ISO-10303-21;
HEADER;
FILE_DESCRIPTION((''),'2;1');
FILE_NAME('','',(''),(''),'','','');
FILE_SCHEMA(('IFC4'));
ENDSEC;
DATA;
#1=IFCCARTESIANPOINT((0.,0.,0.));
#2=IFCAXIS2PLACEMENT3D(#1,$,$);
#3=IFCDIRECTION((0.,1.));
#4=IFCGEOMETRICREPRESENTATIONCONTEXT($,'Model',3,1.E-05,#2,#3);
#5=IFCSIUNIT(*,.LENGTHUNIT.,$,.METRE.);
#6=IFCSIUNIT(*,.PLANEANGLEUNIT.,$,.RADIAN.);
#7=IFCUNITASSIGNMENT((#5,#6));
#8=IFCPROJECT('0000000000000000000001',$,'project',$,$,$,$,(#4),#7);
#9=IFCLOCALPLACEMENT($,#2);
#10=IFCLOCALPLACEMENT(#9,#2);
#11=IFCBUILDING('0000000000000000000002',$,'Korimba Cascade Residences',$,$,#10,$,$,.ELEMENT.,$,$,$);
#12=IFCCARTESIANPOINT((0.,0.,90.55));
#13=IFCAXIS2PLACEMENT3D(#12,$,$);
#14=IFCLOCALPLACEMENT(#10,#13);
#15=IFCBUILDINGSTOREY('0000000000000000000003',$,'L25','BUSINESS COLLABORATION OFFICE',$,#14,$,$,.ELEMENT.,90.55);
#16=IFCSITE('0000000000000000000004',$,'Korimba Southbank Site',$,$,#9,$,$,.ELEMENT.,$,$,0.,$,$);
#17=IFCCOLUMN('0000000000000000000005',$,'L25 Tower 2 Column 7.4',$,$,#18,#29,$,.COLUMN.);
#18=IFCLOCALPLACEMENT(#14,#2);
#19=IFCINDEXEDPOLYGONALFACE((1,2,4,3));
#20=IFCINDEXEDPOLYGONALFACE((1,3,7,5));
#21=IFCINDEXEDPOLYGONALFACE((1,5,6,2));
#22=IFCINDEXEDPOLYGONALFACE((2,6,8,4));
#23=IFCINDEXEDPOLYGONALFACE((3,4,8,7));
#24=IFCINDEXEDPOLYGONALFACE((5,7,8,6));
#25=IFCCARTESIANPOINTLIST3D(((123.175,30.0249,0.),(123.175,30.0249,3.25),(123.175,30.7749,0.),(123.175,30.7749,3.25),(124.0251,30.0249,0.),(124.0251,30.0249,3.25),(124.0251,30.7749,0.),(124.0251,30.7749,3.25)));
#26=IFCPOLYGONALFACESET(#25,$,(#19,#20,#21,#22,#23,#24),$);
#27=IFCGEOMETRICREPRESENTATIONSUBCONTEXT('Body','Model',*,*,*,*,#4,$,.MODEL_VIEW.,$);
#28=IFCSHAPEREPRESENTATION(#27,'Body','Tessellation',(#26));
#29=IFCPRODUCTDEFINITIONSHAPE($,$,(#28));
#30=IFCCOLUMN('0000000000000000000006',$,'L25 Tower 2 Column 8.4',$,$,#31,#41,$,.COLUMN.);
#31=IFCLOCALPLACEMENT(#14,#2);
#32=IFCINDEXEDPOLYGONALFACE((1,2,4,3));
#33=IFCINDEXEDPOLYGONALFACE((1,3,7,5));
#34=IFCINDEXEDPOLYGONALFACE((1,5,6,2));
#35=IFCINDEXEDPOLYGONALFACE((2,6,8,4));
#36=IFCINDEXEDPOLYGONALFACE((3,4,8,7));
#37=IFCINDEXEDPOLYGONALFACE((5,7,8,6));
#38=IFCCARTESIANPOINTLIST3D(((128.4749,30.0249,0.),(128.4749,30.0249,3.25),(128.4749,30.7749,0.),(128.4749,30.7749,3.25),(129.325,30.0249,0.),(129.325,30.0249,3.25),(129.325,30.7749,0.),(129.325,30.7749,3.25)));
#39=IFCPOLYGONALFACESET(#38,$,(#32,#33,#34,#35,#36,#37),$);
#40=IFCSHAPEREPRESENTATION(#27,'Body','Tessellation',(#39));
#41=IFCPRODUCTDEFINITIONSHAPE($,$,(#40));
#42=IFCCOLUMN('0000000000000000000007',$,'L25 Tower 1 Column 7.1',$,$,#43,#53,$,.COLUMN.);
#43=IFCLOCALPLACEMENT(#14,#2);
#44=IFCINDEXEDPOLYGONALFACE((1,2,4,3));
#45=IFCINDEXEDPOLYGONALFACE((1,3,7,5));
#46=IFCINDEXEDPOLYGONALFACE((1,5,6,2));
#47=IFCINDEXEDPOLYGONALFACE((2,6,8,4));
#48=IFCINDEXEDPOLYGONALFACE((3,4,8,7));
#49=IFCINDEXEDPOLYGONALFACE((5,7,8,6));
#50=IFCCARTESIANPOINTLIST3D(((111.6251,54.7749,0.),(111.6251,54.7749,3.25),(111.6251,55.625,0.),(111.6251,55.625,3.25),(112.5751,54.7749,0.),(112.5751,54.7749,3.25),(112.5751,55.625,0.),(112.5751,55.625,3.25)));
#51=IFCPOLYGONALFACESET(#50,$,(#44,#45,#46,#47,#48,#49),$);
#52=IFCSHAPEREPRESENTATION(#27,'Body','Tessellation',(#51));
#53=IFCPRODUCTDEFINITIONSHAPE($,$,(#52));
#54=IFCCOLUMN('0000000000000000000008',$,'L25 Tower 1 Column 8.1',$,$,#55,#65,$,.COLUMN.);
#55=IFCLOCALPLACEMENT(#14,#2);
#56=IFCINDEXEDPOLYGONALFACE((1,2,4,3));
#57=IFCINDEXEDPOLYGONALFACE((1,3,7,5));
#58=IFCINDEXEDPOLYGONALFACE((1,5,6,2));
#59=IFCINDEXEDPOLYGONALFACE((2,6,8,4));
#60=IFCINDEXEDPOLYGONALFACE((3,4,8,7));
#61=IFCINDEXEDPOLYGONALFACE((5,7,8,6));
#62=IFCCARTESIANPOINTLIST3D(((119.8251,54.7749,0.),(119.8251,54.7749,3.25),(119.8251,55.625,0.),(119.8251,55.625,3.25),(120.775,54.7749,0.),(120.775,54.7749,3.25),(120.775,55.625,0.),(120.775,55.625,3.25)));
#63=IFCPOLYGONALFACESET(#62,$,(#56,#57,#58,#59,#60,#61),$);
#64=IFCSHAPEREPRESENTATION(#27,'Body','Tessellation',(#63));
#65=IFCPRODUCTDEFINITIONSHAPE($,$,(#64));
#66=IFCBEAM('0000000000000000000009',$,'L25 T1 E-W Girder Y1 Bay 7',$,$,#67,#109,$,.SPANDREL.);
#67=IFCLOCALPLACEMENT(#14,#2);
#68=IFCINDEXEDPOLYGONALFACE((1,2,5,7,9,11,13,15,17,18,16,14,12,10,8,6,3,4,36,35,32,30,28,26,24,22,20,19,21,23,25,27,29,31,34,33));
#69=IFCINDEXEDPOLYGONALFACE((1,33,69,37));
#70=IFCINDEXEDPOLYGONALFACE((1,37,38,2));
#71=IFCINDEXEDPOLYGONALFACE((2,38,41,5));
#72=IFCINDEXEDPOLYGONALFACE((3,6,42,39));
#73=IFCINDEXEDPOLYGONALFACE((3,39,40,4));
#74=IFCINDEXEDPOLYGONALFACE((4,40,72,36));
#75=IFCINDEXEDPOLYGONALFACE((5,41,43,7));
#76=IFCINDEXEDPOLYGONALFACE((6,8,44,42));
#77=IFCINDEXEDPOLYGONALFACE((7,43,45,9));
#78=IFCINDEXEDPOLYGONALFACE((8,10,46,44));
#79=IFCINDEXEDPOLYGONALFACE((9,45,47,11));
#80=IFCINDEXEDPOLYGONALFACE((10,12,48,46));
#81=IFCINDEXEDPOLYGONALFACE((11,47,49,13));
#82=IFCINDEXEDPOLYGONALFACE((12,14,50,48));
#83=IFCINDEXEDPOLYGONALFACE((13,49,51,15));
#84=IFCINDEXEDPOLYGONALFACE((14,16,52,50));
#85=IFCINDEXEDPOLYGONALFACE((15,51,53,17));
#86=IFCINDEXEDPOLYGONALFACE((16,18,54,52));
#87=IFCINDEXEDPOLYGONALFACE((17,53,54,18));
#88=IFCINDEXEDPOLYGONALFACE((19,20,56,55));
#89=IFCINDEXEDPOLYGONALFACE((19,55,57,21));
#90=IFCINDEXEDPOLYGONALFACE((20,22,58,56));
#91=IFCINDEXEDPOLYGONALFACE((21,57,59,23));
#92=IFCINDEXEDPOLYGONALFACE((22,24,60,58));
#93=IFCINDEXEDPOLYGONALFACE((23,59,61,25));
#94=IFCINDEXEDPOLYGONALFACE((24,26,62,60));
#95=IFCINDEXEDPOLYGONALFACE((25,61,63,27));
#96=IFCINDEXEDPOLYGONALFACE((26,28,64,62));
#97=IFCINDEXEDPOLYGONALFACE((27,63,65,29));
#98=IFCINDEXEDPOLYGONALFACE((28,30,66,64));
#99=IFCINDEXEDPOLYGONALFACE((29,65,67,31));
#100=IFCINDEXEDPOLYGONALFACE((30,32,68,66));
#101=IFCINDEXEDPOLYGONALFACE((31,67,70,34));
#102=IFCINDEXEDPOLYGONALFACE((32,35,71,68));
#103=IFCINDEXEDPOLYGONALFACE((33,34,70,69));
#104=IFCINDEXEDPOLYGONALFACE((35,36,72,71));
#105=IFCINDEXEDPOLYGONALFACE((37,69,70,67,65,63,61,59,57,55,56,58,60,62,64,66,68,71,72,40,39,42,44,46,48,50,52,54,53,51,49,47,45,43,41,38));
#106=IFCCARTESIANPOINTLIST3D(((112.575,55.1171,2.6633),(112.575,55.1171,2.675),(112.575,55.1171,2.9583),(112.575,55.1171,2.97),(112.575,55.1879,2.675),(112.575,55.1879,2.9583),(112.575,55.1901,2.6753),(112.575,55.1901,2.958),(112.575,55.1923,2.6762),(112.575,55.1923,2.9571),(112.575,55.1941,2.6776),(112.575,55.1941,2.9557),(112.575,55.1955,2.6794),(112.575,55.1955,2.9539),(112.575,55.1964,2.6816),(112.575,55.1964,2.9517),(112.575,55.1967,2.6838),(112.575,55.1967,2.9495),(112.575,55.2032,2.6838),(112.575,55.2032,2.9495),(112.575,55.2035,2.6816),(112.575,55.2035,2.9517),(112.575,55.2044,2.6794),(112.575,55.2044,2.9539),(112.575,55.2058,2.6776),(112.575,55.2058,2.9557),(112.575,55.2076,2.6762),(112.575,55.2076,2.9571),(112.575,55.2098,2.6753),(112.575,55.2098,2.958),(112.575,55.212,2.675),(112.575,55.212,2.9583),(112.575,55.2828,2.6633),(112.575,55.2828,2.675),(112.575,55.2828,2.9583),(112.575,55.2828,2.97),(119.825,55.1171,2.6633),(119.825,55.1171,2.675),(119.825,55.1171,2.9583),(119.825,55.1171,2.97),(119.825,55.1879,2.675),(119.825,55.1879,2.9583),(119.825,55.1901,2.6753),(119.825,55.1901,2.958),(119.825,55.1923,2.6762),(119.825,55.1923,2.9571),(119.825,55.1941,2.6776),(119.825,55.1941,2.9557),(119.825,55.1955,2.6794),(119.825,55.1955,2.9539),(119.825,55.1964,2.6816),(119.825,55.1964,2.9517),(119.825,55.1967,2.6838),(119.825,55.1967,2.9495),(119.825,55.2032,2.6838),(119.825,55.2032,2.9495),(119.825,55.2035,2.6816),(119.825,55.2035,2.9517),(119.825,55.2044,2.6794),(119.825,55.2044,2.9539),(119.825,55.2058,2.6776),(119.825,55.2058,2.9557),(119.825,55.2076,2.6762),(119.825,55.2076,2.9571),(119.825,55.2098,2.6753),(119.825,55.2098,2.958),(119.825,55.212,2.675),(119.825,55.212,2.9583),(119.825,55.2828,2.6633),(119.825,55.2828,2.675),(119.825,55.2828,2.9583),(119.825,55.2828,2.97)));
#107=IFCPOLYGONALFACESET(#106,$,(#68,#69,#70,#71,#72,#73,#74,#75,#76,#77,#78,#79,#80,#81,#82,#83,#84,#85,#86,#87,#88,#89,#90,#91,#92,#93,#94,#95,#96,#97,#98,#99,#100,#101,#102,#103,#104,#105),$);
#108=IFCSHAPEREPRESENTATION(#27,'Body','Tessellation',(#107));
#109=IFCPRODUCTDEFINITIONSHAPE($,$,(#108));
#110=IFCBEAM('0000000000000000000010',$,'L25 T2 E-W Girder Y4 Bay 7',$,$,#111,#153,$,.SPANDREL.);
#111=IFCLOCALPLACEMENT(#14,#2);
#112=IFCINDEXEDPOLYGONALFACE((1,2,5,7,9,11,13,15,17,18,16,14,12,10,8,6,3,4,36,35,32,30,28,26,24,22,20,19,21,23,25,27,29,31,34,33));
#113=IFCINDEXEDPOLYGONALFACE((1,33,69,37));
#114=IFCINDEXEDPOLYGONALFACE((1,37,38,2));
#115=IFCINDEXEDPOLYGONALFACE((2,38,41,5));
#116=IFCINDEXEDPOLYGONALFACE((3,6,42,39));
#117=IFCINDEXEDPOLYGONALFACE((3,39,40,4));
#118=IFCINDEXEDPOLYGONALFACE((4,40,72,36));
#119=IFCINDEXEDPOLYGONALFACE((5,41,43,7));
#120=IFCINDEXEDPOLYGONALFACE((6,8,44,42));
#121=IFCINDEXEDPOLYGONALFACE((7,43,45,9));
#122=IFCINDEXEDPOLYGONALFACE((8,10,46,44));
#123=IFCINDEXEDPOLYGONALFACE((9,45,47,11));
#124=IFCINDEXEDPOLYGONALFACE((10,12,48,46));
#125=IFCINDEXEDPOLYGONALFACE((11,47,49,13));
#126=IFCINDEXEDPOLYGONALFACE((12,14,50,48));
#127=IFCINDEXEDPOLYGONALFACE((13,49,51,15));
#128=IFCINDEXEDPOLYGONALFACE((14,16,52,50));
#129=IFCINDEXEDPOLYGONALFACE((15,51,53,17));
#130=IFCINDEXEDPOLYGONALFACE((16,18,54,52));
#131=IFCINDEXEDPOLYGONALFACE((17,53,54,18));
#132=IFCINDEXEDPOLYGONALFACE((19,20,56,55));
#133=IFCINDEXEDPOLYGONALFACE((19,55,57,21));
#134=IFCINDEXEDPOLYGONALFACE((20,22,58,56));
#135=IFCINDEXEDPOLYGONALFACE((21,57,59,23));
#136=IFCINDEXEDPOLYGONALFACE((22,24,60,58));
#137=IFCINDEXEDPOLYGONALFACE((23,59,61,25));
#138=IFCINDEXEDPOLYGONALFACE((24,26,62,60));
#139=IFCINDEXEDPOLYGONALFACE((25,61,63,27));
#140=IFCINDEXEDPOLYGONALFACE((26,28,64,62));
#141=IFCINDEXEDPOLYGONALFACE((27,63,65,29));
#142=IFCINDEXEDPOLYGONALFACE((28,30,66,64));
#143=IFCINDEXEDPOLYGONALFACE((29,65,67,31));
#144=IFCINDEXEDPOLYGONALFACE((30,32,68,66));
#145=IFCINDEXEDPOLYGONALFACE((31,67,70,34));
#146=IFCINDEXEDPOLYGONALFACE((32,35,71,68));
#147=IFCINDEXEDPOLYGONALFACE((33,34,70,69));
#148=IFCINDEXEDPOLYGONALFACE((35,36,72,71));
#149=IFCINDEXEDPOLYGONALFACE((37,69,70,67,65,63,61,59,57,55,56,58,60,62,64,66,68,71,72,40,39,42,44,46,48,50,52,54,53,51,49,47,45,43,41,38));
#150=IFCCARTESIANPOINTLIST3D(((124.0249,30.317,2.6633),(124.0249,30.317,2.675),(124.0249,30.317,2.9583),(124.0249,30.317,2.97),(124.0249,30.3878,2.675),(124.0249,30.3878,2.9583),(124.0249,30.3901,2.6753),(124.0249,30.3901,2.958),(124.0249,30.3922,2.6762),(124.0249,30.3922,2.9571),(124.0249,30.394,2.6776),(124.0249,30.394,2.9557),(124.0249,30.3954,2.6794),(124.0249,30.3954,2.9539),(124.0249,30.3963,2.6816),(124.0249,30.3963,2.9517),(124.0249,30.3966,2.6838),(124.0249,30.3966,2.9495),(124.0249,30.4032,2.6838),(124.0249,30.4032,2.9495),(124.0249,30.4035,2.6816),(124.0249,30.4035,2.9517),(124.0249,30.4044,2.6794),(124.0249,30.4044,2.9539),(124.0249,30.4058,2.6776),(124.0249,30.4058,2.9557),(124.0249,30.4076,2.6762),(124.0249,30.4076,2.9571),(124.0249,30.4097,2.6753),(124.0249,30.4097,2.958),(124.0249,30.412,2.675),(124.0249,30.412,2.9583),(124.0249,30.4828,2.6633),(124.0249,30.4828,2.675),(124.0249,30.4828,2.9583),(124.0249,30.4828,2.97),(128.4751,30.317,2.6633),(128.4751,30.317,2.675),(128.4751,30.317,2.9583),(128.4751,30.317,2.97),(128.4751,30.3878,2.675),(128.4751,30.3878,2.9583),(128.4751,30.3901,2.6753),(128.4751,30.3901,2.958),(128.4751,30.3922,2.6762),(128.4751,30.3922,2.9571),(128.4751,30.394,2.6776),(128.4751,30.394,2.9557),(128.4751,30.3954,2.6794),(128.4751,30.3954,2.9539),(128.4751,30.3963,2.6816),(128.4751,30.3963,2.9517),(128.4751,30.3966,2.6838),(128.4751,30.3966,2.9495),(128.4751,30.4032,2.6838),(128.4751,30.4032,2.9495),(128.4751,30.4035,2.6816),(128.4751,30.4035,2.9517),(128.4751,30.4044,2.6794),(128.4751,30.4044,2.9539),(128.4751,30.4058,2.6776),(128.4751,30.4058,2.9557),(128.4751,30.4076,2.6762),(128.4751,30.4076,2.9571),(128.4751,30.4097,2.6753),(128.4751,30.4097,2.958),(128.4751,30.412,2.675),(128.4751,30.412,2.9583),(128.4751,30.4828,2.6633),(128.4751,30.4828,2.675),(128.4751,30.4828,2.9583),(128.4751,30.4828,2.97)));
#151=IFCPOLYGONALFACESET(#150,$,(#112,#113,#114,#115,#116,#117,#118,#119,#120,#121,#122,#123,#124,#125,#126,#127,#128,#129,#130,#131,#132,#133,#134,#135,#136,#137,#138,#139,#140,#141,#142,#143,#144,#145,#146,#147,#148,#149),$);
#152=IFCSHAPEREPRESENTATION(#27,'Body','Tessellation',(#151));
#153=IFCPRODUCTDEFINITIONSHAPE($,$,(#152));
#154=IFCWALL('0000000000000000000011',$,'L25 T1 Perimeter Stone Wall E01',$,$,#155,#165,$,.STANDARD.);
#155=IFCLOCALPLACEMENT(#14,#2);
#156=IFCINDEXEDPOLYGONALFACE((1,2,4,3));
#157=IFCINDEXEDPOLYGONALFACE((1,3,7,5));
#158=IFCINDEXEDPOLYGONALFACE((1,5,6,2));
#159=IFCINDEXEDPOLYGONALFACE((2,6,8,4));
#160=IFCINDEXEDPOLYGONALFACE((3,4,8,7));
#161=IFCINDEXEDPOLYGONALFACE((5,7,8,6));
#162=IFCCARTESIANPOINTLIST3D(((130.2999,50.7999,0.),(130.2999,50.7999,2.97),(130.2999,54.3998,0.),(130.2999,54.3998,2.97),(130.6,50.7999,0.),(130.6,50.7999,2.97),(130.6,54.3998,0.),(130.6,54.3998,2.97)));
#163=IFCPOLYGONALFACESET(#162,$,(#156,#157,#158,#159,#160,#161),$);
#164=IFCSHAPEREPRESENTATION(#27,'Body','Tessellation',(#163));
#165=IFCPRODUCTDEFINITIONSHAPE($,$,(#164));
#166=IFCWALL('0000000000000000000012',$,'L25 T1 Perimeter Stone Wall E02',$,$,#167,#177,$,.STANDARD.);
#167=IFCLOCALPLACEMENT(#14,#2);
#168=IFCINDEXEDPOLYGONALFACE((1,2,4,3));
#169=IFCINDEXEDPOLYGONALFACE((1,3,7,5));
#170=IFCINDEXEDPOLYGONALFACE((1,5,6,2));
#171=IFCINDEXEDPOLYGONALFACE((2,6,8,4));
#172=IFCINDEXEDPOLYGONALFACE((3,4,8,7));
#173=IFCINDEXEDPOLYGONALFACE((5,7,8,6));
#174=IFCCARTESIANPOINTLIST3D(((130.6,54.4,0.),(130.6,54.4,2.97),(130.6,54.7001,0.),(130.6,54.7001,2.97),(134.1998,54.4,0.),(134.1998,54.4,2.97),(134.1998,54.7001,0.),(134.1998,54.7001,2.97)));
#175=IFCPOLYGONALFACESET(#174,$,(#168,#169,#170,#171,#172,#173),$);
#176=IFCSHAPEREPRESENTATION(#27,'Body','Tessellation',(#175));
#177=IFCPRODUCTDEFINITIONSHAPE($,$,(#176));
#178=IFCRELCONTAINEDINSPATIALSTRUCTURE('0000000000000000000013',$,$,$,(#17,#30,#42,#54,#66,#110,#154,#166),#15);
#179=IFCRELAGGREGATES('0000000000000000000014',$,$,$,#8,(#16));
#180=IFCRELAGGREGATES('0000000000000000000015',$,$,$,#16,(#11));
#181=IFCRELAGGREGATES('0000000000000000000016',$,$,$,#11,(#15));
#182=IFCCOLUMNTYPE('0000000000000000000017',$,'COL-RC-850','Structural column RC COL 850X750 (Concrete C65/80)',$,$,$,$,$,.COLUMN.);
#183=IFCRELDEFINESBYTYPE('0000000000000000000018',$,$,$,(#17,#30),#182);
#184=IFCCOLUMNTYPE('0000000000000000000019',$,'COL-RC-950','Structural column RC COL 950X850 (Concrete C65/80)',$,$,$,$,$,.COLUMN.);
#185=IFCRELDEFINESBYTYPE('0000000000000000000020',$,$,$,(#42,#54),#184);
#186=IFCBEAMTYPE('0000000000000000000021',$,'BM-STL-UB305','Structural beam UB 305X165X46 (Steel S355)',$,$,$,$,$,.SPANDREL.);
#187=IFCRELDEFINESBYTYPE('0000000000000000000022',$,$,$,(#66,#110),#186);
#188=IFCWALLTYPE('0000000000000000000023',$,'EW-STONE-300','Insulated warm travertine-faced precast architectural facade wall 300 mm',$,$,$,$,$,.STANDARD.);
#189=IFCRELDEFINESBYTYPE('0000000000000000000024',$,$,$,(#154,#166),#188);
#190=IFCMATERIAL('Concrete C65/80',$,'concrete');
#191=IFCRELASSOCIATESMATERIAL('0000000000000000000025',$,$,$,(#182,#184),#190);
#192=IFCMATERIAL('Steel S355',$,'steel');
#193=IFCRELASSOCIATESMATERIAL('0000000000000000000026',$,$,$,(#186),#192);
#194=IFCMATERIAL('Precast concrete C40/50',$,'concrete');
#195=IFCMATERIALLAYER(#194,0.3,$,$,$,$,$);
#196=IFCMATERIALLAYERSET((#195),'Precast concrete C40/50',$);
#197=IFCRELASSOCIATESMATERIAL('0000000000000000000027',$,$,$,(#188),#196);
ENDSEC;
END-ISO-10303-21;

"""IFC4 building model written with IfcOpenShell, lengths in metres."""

from ifc_helpers import new_model, si_unit, direction, frame, frame_2d, origin, origin_2d, place, context, subcontext, project, spatial, rectangle, i_section, extrude, material, layer, layer_set, material_profile, profile_set, type_object, element, save


model = new_model("IFC4")

# Units and contexts
model_context = context("Model", 3, precision=1e-05, world=origin(), true_north=direction((0.0, 1.0)))
body_context = subcontext(model_context, "Body", "Model", "MODEL_VIEW")
ifc_project = project(units=[si_unit("LENGTHUNIT", "METRE"), si_unit("PLANEANGLEUNIT", "RADIAN")], contexts=[model_context])

# Site, building, storey
site_placement = place(None, origin())
site = spatial("IfcSite", under=ifc_project, at=site_placement, Name="Korimba Southbank Site", CompositionType="ELEMENT", RefElevation=0.0)
building_placement = place(site_placement, origin())
building = spatial("IfcBuilding", under=site, at=building_placement, Name="Korimba Cascade Residences", CompositionType="ELEMENT")
storey_placement = place(building_placement, frame((0.0, 0.0, 90.55)))
storey = spatial("IfcBuildingStorey", under=building, at=storey_placement, Name="L25", Description="BUSINESS COLLABORATION OFFICE", CompositionType="ELEMENT", Elevation=90.55)

# Columns
ifc_material_1 = material(Name="Concrete C65/80", Category="concrete")
ifc_material_profile_1 = material_profile(ifc_material_1, rectangle(XDim=0.8501, YDim=0.75, at=origin_2d()), Name="Concrete C65/80")
ifc_profile_set_1 = profile_set([ifc_material_profile_1], Name="Concrete C65/80")
column_type_1 = type_object("IfcColumnType", Name="COL-RC-850", Description="Structural column RC COL 850X750 (Concrete C65/80)", PredefinedType="COLUMN", material=ifc_profile_set_1)
for number, where, z_axis, x_axis, name in (
    (1, (123.6001, 30.3999, 0.0), (0.0, 0.0, 1.0), (1.0, 0.0, 0.0), "L25 Tower 2 Column 7.4"),
    (2, (128.8999, 30.3999, 0.0), (0.0, 0.0, 1.0), (1.0, 0.0, 0.0), "L25 Tower 2 Column 8.4"),
):
    element("IfcColumn", number, at=place(storey_placement, frame(where, z_axis=z_axis, x_axis=x_axis)), inside=storey, type_object=column_type_1, Name=name, PredefinedType="COLUMN", context=body_context, shape_type="SweptSolid", body=[
        extrude(rectangle(XDim=0.8501, YDim=0.75, at=origin_2d()), origin(), (0.0, 0.0, 1.0), 3.25),
    ])
ifc_material_profile_2 = material_profile(ifc_material_1, rectangle(XDim=0.95, YDim=0.8501, at=origin_2d()), Name="Concrete C65/80")
ifc_profile_set_2 = profile_set([ifc_material_profile_2], Name="Concrete C65/80")
column_type_2 = type_object("IfcColumnType", Name="COL-RC-950", Description="Structural column RC COL 950X850 (Concrete C65/80)", PredefinedType="COLUMN", material=ifc_profile_set_2)
for number, where, z_axis, x_axis, name in (
    (3, (112.1001, 55.2, 0.0), (0.0, 0.0, 1.0), (1.0, 0.0, 0.0), "L25 Tower 1 Column 7.1"),
    (4, (120.3, 55.2, 0.0), (0.0, 0.0, 1.0), (1.0, 0.0, 0.0), "L25 Tower 1 Column 8.1"),
):
    element("IfcColumn", number, at=place(storey_placement, frame(where, z_axis=z_axis, x_axis=x_axis)), inside=storey, type_object=column_type_2, Name=name, PredefinedType="COLUMN", context=body_context, shape_type="SweptSolid", body=[
        extrude(rectangle(XDim=0.95, YDim=0.8501, at=origin_2d()), origin(), (0.0, 0.0, 1.0), 3.25),
    ])

# Beams
ifc_material_2 = material(Name="Steel S355", Category="steel")
ifc_material_profile_3 = material_profile(ifc_material_2, i_section(OverallWidth=0.1658, OverallDepth=0.3066, WebThickness=0.0066, FlangeThickness=0.0117, FilletRadius=0.0088, at=origin_2d()), Name="Steel S355")
ifc_profile_set_3 = profile_set([ifc_material_profile_3], Name="Steel S355")
beam_type = type_object("IfcBeamType", Name="BM-STL-UB305", Description="Structural beam UB 305X165X46 (Steel S355)", PredefinedType="SPANDREL", material=ifc_profile_set_3)
beam_1_placement = place(storey_placement, frame((112.575, 55.2, 2.8167), z_axis=(1.0, 0.0, 0.0), x_axis=(0.0, 1.0, 0.0)))
element("IfcBeam", 5, at=beam_1_placement, inside=storey, type_object=beam_type, Name="L25 T1 E-W Girder Y1 Bay 7", PredefinedType="SPANDREL", context=body_context, shape_type="SweptSolid", body=[
    extrude(i_section(OverallWidth=0.1658, OverallDepth=0.3066, WebThickness=0.0066, FlangeThickness=0.0117, FilletRadius=0.0088, at=origin_2d()), origin(), (0.0, 0.0, 1.0), 7.25),
])
beam_2_placement = place(storey_placement, frame((124.0249, 30.3999, 2.8167), z_axis=(1.0, 0.0, 0.0), x_axis=(0.0, 1.0, 0.0)))
element("IfcBeam", 6, at=beam_2_placement, inside=storey, type_object=beam_type, Name="L25 T2 E-W Girder Y4 Bay 7", PredefinedType="SPANDREL", context=body_context, shape_type="SweptSolid", body=[
    extrude(i_section(OverallWidth=0.1658, OverallDepth=0.3066, WebThickness=0.0066, FlangeThickness=0.0117, FilletRadius=0.0088, at=origin_2d()), origin(), (0.0, 0.0, 1.0), 4.4502),
])

# Walls
ifc_material_3 = material(Name="Precast concrete C40/50", Category="concrete")
ifc_layer_1 = layer(ifc_material_3, 0.3)
ifc_layer_set_1 = layer_set([ifc_layer_1], Name="Precast concrete C40/50")
wall_type_1 = type_object("IfcWallType", Name="EW-STONE-300", Description="Insulated warm travertine-faced precast architectural facade wall 300 mm", PredefinedType="STANDARD", material=ifc_layer_set_1)
for number, where, z_axis, x_axis, name in (
    (7, (130.45, 50.8, 0.0), (0.0, 0.0, 1.0), (0.0, 1.0, 0.0), "L25 T1 Perimeter Stone Wall E01"),
    (8, (130.6001, 54.55, 0.0), (0.0, 0.0, 1.0), (1.0, 0.0, 0.0), "L25 T1 Perimeter Stone Wall E02"),
):
    element("IfcWall", number, at=place(storey_placement, frame(where, z_axis=z_axis, x_axis=x_axis)), inside=storey, type_object=wall_type_1, Name=name, PredefinedType="STANDARD", context=body_context, shape_type="SweptSolid", body=[
        extrude(rectangle(XDim=3.5999, YDim=0.3, at=frame_2d((1.7998, 0.0))), origin(), (0.0, 0.0, 1.0), 2.97),
    ])

save(model, "model.ifc")
